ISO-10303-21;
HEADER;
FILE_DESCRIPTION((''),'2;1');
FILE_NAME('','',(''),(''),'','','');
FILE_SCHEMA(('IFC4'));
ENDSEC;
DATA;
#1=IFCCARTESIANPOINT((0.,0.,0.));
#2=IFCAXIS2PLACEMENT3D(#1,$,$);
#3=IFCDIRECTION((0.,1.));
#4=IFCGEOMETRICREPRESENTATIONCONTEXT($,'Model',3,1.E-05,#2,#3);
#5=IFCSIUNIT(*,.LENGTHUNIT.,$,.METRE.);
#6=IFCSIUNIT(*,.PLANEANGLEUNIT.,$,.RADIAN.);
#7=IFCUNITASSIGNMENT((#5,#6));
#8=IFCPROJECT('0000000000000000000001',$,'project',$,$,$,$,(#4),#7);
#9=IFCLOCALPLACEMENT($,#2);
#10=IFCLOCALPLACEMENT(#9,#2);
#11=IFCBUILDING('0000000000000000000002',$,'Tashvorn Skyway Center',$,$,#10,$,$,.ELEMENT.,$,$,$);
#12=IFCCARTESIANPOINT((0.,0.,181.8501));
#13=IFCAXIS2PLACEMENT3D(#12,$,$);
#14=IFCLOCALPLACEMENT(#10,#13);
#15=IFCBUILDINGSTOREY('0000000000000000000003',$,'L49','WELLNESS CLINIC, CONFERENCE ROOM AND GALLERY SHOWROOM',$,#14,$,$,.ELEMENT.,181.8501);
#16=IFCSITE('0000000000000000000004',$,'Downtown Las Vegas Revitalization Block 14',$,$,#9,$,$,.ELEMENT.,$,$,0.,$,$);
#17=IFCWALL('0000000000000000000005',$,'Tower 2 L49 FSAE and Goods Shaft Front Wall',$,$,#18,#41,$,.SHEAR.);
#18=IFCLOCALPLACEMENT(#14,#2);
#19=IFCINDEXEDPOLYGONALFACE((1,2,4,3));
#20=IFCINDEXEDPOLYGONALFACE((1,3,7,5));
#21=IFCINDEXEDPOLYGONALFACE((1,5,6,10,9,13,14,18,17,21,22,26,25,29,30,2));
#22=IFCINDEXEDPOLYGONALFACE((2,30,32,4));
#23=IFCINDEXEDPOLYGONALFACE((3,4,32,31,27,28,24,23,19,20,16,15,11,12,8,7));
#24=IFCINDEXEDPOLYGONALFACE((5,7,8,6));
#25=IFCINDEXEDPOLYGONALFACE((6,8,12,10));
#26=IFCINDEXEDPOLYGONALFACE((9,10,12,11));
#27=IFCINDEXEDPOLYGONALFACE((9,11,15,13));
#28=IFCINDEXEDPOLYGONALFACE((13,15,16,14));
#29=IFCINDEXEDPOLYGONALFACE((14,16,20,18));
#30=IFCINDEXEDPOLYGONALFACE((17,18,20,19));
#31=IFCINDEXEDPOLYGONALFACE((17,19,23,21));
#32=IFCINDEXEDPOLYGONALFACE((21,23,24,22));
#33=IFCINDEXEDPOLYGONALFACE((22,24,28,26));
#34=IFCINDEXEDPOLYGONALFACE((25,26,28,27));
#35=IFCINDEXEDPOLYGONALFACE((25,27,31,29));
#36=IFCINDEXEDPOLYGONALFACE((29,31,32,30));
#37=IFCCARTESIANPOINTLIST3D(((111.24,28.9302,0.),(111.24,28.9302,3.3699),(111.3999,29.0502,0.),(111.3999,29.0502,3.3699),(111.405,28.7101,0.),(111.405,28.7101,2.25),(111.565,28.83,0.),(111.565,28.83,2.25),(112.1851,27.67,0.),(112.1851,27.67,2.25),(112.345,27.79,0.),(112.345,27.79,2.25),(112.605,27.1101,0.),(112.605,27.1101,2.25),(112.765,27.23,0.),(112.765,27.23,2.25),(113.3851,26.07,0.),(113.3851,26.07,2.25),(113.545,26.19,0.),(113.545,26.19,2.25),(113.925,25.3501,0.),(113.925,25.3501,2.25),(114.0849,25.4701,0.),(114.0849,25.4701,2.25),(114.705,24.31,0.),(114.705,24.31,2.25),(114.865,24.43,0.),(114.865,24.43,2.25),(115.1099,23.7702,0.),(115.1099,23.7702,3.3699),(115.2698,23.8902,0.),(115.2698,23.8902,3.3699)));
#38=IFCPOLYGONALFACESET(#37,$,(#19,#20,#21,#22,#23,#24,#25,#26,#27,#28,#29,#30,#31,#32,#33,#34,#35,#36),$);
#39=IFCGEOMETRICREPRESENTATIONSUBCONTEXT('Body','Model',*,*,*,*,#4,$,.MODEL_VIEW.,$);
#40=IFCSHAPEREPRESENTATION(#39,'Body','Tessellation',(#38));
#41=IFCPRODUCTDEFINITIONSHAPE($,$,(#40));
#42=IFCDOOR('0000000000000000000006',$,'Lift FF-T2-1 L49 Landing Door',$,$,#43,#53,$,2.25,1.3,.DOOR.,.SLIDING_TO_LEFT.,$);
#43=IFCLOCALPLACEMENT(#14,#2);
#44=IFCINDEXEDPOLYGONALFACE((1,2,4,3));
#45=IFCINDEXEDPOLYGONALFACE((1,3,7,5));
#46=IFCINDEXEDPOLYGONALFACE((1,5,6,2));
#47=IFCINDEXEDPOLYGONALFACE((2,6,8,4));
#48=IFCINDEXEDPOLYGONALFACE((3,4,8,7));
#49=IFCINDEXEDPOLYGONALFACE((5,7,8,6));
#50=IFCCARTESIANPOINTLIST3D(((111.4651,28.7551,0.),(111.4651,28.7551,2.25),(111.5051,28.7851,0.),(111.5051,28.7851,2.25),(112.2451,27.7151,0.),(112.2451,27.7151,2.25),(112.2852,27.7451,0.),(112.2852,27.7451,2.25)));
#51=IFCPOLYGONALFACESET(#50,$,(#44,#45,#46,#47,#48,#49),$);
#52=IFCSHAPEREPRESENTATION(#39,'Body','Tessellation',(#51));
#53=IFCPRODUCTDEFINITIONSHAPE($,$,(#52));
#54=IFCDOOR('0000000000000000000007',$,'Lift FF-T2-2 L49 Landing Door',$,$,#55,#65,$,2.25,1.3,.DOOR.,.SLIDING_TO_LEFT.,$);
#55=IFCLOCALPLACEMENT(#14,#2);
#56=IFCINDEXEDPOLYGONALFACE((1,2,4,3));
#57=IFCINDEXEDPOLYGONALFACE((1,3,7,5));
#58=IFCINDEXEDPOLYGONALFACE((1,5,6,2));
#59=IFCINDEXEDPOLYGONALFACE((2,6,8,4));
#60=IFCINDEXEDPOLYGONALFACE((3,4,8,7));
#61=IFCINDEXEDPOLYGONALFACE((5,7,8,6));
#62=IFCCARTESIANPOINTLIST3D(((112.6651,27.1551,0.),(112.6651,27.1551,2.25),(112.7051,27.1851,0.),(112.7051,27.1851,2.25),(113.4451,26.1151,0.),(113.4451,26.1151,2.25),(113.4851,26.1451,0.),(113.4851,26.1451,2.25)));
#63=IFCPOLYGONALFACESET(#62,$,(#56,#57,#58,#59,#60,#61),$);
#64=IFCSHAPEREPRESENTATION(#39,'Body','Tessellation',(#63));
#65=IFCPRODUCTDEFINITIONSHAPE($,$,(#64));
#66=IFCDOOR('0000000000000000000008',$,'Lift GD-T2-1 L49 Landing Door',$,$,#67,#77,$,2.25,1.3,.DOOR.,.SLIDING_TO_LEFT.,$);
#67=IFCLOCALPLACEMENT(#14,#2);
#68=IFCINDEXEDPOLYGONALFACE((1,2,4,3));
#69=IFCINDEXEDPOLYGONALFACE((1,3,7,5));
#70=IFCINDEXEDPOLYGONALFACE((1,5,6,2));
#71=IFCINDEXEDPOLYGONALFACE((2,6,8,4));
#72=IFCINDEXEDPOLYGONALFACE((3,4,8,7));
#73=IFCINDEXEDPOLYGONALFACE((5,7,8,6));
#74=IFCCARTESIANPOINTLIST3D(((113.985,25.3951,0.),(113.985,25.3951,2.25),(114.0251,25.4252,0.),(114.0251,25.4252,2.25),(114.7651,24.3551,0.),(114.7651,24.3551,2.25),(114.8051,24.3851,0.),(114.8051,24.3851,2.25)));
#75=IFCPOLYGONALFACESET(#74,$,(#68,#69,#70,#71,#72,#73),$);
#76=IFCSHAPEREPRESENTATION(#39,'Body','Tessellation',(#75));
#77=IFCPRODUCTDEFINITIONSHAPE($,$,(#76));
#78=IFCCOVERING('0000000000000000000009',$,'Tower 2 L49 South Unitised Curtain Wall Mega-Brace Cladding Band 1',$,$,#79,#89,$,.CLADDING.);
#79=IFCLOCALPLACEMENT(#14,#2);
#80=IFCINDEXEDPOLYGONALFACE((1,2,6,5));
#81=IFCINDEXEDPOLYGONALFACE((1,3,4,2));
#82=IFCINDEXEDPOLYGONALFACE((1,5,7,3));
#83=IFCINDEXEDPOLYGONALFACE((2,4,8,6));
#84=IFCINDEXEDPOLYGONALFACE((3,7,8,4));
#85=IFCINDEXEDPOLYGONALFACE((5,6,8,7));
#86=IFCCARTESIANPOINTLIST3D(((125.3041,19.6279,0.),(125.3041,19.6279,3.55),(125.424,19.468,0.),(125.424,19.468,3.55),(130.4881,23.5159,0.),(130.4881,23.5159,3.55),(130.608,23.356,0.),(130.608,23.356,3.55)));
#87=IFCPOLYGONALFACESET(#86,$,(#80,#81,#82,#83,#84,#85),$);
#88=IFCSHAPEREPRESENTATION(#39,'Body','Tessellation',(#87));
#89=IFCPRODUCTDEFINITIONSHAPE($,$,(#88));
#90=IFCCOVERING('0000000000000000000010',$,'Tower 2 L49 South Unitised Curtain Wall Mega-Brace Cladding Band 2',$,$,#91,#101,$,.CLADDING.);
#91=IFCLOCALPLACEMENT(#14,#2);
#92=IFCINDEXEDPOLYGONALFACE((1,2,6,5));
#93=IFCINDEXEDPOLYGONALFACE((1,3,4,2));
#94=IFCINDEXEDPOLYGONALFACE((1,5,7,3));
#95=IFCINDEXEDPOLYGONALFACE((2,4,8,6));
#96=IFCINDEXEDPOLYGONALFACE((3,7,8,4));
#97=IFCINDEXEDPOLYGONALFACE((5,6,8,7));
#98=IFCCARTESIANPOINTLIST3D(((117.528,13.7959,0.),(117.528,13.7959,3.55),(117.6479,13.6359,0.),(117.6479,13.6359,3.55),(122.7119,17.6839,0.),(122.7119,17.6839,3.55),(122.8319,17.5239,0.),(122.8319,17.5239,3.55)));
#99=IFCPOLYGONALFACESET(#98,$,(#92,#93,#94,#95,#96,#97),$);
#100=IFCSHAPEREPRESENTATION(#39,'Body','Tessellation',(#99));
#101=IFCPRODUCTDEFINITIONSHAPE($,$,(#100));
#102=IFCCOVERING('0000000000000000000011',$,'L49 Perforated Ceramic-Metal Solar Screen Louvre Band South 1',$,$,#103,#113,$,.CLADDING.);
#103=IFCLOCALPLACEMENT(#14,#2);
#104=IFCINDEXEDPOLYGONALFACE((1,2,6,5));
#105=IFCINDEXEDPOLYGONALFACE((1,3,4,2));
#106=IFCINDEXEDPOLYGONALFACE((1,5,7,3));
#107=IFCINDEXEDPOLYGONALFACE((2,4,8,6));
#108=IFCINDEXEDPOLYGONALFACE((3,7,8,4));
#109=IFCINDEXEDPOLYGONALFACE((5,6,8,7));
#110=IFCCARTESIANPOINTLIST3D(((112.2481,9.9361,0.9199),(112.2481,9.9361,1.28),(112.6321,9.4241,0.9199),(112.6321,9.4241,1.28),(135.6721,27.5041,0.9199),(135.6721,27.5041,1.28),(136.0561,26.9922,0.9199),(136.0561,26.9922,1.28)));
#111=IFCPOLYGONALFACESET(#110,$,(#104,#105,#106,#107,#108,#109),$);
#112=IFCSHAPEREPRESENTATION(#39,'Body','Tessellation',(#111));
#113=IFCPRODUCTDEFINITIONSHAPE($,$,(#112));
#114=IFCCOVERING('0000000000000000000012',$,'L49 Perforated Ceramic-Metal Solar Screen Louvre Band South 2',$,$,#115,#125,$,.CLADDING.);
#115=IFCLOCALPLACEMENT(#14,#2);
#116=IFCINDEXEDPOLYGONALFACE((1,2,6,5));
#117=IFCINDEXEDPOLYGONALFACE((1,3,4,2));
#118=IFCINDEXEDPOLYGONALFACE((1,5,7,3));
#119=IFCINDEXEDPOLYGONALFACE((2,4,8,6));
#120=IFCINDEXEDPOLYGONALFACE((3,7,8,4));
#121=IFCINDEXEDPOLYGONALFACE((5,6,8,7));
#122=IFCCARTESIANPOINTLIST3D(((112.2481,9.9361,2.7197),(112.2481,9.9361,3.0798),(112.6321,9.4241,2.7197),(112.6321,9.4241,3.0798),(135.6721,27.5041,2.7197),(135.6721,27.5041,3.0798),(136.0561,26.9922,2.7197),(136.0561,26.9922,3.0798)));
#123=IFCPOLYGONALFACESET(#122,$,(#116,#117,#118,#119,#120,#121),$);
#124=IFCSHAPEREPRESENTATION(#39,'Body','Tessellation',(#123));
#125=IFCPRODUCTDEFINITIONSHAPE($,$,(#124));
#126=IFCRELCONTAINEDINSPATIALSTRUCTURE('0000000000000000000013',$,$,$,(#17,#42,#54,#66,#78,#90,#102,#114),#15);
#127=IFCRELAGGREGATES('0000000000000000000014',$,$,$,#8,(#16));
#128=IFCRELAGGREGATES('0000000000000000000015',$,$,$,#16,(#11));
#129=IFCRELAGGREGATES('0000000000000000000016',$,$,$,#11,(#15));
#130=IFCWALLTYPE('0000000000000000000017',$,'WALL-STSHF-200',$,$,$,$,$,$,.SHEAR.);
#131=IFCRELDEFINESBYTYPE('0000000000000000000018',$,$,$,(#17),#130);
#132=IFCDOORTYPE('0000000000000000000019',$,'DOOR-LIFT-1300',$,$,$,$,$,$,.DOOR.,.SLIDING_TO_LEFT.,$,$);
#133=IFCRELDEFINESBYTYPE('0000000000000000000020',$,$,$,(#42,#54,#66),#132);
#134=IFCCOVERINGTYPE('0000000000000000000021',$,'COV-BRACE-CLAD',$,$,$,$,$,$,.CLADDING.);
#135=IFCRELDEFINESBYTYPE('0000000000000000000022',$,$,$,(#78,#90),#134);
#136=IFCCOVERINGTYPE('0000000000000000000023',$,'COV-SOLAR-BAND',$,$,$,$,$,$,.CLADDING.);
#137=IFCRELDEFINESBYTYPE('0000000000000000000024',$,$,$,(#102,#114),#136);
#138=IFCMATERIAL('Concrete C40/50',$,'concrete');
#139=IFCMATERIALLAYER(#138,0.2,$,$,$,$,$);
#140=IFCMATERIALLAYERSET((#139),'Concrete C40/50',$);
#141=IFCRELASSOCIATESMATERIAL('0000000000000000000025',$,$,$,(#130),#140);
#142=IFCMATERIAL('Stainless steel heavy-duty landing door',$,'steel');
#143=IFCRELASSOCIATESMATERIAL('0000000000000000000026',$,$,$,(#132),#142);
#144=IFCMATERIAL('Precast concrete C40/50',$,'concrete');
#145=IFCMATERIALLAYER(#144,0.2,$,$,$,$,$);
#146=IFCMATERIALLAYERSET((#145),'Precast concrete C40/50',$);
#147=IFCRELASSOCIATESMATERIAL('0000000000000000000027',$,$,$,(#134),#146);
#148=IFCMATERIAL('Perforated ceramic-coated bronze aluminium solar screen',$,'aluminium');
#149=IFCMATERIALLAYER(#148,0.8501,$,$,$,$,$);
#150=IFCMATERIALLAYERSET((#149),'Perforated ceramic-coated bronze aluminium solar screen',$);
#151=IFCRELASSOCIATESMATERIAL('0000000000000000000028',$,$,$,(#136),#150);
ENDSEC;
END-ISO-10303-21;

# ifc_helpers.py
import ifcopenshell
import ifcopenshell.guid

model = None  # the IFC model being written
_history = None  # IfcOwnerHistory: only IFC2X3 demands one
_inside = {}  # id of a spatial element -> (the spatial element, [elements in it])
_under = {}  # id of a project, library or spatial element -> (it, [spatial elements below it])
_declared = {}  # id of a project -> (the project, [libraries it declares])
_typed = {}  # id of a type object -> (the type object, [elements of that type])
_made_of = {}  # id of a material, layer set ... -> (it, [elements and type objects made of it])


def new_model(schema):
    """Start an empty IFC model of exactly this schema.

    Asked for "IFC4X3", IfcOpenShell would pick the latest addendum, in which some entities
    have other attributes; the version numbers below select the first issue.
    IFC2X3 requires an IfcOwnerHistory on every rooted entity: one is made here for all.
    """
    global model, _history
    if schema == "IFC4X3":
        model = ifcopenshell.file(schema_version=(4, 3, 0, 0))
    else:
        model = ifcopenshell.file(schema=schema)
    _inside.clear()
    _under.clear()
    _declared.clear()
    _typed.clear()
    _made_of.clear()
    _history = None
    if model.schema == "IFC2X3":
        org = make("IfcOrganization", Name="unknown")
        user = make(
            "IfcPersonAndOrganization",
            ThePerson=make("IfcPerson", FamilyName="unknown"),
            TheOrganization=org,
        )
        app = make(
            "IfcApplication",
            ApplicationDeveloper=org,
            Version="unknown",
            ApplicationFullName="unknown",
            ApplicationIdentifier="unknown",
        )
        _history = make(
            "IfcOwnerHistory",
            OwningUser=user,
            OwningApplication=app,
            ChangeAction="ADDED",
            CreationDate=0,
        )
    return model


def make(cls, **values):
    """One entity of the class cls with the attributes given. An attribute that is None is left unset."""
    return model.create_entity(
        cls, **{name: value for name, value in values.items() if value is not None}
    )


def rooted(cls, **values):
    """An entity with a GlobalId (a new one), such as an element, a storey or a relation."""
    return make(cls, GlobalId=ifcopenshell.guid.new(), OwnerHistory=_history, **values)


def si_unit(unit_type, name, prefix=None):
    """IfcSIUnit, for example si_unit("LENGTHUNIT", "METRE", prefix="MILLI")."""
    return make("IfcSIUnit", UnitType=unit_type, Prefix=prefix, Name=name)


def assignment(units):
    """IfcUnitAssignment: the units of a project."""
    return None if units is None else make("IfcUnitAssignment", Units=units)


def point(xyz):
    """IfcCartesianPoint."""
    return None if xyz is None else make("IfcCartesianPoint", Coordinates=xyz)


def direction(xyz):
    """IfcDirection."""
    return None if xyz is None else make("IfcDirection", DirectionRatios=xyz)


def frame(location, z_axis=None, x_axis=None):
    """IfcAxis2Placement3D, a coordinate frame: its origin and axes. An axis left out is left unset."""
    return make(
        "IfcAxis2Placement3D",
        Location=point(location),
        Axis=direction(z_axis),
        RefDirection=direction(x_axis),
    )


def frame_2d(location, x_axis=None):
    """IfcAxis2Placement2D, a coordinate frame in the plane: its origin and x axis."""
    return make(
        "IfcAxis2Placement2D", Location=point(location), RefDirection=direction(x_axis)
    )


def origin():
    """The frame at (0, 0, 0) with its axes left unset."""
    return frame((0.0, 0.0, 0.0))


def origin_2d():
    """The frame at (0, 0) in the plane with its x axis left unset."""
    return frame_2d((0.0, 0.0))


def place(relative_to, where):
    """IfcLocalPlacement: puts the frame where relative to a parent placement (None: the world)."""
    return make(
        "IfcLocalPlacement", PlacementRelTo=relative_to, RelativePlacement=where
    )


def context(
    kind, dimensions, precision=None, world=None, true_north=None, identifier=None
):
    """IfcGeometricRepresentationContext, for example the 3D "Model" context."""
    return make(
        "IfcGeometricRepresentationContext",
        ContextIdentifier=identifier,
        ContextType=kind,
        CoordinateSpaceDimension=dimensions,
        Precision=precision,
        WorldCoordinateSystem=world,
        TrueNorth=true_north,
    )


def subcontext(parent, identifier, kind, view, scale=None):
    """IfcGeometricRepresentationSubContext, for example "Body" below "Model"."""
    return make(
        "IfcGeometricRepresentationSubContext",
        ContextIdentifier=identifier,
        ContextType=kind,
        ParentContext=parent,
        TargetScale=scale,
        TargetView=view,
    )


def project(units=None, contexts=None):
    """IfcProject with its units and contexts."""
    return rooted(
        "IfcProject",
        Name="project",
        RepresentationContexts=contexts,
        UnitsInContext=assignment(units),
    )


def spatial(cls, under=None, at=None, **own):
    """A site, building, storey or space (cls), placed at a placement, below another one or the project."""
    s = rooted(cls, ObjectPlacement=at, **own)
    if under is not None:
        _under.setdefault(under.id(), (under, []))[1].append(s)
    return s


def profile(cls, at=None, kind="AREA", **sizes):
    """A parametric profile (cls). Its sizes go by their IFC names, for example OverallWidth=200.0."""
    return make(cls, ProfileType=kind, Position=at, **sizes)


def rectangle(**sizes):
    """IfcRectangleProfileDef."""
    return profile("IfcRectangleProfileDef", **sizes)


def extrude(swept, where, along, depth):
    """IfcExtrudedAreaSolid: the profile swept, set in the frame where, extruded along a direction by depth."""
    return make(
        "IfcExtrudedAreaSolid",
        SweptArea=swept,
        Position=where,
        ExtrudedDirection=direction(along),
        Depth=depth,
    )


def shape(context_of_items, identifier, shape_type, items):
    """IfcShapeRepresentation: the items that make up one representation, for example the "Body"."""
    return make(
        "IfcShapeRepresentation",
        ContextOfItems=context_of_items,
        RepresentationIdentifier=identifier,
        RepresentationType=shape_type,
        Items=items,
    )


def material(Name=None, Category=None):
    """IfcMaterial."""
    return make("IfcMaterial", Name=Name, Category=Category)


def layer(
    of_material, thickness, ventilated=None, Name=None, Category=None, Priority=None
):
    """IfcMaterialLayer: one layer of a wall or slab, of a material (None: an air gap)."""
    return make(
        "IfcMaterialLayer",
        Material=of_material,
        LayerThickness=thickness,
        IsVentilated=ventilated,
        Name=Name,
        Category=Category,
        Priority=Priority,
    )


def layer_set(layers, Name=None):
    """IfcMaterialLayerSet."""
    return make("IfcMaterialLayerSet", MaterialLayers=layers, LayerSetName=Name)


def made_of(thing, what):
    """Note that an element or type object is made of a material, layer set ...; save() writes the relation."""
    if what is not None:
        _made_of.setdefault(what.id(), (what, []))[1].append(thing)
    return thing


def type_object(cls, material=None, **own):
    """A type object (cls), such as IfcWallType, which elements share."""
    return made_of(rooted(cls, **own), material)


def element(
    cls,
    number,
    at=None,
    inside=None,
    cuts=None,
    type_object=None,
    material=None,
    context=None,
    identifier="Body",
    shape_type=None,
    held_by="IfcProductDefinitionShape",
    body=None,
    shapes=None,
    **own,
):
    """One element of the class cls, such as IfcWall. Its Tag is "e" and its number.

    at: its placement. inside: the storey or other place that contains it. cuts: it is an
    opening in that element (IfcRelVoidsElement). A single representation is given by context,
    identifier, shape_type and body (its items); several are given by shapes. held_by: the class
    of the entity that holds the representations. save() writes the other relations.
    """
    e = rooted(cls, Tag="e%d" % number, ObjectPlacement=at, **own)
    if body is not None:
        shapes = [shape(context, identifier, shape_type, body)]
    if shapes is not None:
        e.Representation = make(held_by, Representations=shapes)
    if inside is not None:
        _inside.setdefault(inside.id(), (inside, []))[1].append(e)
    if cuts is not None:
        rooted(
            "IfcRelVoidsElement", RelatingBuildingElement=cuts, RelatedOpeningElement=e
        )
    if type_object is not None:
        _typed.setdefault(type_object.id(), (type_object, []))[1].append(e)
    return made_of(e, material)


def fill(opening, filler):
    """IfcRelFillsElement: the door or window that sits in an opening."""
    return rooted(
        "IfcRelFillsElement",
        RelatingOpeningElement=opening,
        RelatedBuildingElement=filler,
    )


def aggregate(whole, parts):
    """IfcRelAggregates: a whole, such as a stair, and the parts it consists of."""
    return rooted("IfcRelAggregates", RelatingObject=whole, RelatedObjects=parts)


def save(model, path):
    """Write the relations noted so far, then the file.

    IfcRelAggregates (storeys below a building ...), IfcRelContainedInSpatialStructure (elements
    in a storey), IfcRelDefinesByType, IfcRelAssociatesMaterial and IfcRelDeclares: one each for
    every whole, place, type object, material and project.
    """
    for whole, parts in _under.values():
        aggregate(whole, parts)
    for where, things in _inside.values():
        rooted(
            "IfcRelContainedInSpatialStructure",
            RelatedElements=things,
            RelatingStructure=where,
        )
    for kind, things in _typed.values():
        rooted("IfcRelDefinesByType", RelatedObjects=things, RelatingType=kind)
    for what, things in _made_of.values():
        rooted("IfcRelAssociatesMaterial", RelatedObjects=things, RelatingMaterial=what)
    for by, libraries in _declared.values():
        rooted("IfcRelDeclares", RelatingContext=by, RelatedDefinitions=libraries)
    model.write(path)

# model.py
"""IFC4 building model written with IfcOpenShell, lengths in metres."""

from ifc_helpers import new_model, si_unit, direction, frame, frame_2d, origin, origin_2d, place, context, subcontext, project, spatial, rectangle, extrude, material, layer, layer_set, type_object, element, fill, save


model = new_model("IFC4")

# Units and contexts
model_context = context("Model", 3, precision=1e-05, world=origin(), true_north=direction((0.0, 1.0)))
body_context = subcontext(model_context, "Body", "Model", "MODEL_VIEW")
ifc_project = project(units=[si_unit("LENGTHUNIT", "METRE"), si_unit("PLANEANGLEUNIT", "RADIAN")], contexts=[model_context])

# Site, building, storey
site_placement = place(None, origin())
site = spatial("IfcSite", under=ifc_project, at=site_placement, Name="Downtown Las Vegas Revitalization Block 14", CompositionType="ELEMENT", RefElevation=0.0)
building_placement = place(site_placement, origin())
building = spatial("IfcBuilding", under=site, at=building_placement, Name="Tashvorn Skyway Center", CompositionType="ELEMENT")
storey_placement = place(building_placement, frame((0.0, 0.0, 181.8501)))
storey = spatial("IfcBuildingStorey", under=building, at=storey_placement, Name="L49", Description="WELLNESS CLINIC, CONFERENCE ROOM AND GALLERY SHOWROOM", CompositionType="ELEMENT", Elevation=181.8501)

# Shared definitions
ifc_material_1 = material(Name="Concrete C40/50", Category="concrete")

# Wall, openings, doors
ifc_layer_1 = layer(ifc_material_1, 0.2)
ifc_layer_set_1 = layer_set([ifc_layer_1], Name="Concrete C40/50")
wall_type_1 = type_object("IfcWallType", Name="WALL-STSHF-200", PredefinedType="SHEAR", material=ifc_layer_set_1)
wall_1_placement = place(storey_placement, frame((115.1899, 23.8301, 0.0), z_axis=(0.0, 0.0, 1.0), x_axis=(-0.599994, 0.800005, 0.0)))
wall_1 = element("IfcWall", 1, at=wall_1_placement, inside=storey, type_object=wall_type_1, Name="Tower 2 L49 FSAE and Goods Shaft Front Wall", PredefinedType="SHEAR", context=body_context, shape_type="SweptSolid", body=[
    extrude(rectangle(XDim=6.45, YDim=0.2, at=frame_2d((3.2251, 0.0))), origin(), (0.0, 0.0, 1.0), 3.3699),
])
opening_1_placement = place(wall_1_placement, frame((4.875, 0.0, 0.0)))
opening_1 = element("IfcOpeningElement", 2, at=opening_1_placement, cuts=wall_1, PredefinedType="OPENING", context=body_context, shape_type="SweptSolid", body=[
    extrude(rectangle(XDim=1.3, YDim=2.25, at=frame_2d((0.6499, 1.125))), frame((0.0, 0.1099, 0.0), z_axis=(0.0, -1.0, 0.0), x_axis=(1.0, 0.0, 0.0)), (0.0, 0.0, 1.0), 0.22),
])
opening_2_placement = place(wall_1_placement, frame((2.875, 0.0, 0.0)))
opening_2 = element("IfcOpeningElement", 3, at=opening_2_placement, cuts=wall_1, PredefinedType="OPENING", context=body_context, shape_type="SweptSolid", body=[
    extrude(rectangle(XDim=1.3, YDim=2.25, at=frame_2d((0.6499, 1.125))), frame((0.0, 0.1099, 0.0), z_axis=(0.0, -1.0, 0.0), x_axis=(1.0, 0.0, 0.0)), (0.0, 0.0, 1.0), 0.22),
])
opening_3_placement = place(wall_1_placement, frame((0.675, 0.0, 0.0)))
opening_3 = element("IfcOpeningElement", 4, at=opening_3_placement, cuts=wall_1, PredefinedType="OPENING", context=body_context, shape_type="SweptSolid", body=[
    extrude(rectangle(XDim=1.3, YDim=2.25, at=frame_2d((0.6499, 1.125))), frame((0.0, 0.1099, 0.0), z_axis=(0.0, -1.0, 0.0), x_axis=(1.0, 0.0, 0.0)), (0.0, 0.0, 1.0), 0.22),
])
ifc_material_2 = material(Name="Stainless steel heavy-duty landing door", Category="steel")
door_type_1 = type_object("IfcDoorType", Name="DOOR-LIFT-1300", OperationType="SLIDING_TO_LEFT", PredefinedType="DOOR", material=ifc_material_2)
door_1_placement = place(opening_1_placement, origin())
door_1 = element("IfcDoor", 5, at=door_1_placement, inside=storey, type_object=door_type_1, Name="Lift FF-T2-1 L49 Landing Door", OperationType="SLIDING_TO_LEFT", OverallHeight=2.25, OverallWidth=1.3, PredefinedType="DOOR", context=body_context, shape_type="SweptSolid", body=[
    extrude(rectangle(XDim=1.3, YDim=2.25, at=frame_2d((0.6499, 1.125))), frame((0.0, 0.0249, 0.0), z_axis=(0.0, -1.0, 0.0), x_axis=(1.0, 0.0, 0.0)), (0.0, 0.0, 1.0), 0.05),
])
fill(opening_1, door_1)
door_2_placement = place(opening_2_placement, origin())
door_2 = element("IfcDoor", 6, at=door_2_placement, inside=storey, type_object=door_type_1, Name="Lift FF-T2-2 L49 Landing Door", OperationType="SLIDING_TO_LEFT", OverallHeight=2.25, OverallWidth=1.3, PredefinedType="DOOR", context=body_context, shape_type="SweptSolid", body=[
    extrude(rectangle(XDim=1.3, YDim=2.25, at=frame_2d((0.6499, 1.125))), frame((0.0, 0.0249, 0.0), z_axis=(0.0, -1.0, 0.0), x_axis=(1.0, 0.0, 0.0)), (0.0, 0.0, 1.0), 0.05),
])
fill(opening_2, door_2)
door_3_placement = place(opening_3_placement, origin())
door_3 = element("IfcDoor", 7, at=door_3_placement, inside=storey, type_object=door_type_1, Name="Lift GD-T2-1 L49 Landing Door", OperationType="SLIDING_TO_LEFT", OverallHeight=2.25, OverallWidth=1.3, PredefinedType="DOOR", context=body_context, shape_type="SweptSolid", body=[
    extrude(rectangle(XDim=1.3, YDim=2.25, at=frame_2d((0.6499, 1.125))), frame((0.0, 0.0249, 0.0), z_axis=(0.0, -1.0, 0.0), x_axis=(1.0, 0.0, 0.0)), (0.0, 0.0, 1.0), 0.05),
])
fill(opening_3, door_3)

# Coverings
ifc_material_3 = material(Name="Precast concrete C40/50", Category="concrete")
ifc_layer_2 = layer(ifc_material_3, 0.2)
ifc_layer_set_2 = layer_set([ifc_layer_2], Name="Precast concrete C40/50")
covering_type_1 = type_object("IfcCoveringType", Name="COV-BRACE-CLAD", PredefinedType="CLADDING", material=ifc_layer_set_2)
for number, where, z_axis, x_axis, name in (
    (8, (127.9561, 21.4919, 0.0), (0.0, 0.0, 1.0), (-0.8, -0.6, 0.0), "Tower 2 L49 South Unitised Curtain Wall Mega-Brace Cladding Band 1"),
    (9, (120.1799, 15.6599, 0.0), (0.0, 0.0, 1.0), (-0.8, -0.6, 0.0), "Tower 2 L49 South Unitised Curtain Wall Mega-Brace Cladding Band 2"),
):
    element("IfcCovering", number, at=place(storey_placement, frame(where, z_axis=z_axis, x_axis=x_axis)), inside=storey, type_object=covering_type_1, Name=name, PredefinedType="CLADDING", context=body_context, shape_type="SweptSolid", body=[
        extrude(rectangle(XDim=6.48, YDim=0.2, at=origin_2d()), origin(), (0.0, 0.0, 1.0), 3.55),
    ])
ifc_material_4 = material(Name="Perforated ceramic-coated bronze aluminium solar screen", Category="aluminium")
ifc_layer_3 = layer(ifc_material_4, 0.8501)
ifc_layer_set_3 = layer_set([ifc_layer_3], Name="Perforated ceramic-coated bronze aluminium solar screen")
covering_type_2 = type_object("IfcCoveringType", Name="COV-SOLAR-BAND", PredefinedType="CLADDING", material=ifc_layer_set_3)
for number, where, z_axis, x_axis, name in (
    (10, (124.1521, 18.4641, 0.9199), (0.0, 0.0, 1.0), (-0.8, -0.6, 0.0), "L49 Perforated Ceramic-Metal Solar Screen Louvre Band South 1"),
    (11, (124.1521, 18.4641, 2.7197), (0.0, 0.0, 1.0), (-0.8, -0.6, 0.0), "L49 Perforated Ceramic-Metal Solar Screen Louvre Band South 2"),
):
    element("IfcCovering", number, at=place(storey_placement, frame(where, z_axis=z_axis, x_axis=x_axis)), inside=storey, type_object=covering_type_2, Name=name, PredefinedType="CLADDING", context=body_context, shape_type="SweptSolid", body=[
        extrude(rectangle(XDim=29.28, YDim=0.6399, at=origin_2d()), origin(), (0.0, 0.0, 1.0), 0.3601),
    ])

save(model, "model.ifc")
